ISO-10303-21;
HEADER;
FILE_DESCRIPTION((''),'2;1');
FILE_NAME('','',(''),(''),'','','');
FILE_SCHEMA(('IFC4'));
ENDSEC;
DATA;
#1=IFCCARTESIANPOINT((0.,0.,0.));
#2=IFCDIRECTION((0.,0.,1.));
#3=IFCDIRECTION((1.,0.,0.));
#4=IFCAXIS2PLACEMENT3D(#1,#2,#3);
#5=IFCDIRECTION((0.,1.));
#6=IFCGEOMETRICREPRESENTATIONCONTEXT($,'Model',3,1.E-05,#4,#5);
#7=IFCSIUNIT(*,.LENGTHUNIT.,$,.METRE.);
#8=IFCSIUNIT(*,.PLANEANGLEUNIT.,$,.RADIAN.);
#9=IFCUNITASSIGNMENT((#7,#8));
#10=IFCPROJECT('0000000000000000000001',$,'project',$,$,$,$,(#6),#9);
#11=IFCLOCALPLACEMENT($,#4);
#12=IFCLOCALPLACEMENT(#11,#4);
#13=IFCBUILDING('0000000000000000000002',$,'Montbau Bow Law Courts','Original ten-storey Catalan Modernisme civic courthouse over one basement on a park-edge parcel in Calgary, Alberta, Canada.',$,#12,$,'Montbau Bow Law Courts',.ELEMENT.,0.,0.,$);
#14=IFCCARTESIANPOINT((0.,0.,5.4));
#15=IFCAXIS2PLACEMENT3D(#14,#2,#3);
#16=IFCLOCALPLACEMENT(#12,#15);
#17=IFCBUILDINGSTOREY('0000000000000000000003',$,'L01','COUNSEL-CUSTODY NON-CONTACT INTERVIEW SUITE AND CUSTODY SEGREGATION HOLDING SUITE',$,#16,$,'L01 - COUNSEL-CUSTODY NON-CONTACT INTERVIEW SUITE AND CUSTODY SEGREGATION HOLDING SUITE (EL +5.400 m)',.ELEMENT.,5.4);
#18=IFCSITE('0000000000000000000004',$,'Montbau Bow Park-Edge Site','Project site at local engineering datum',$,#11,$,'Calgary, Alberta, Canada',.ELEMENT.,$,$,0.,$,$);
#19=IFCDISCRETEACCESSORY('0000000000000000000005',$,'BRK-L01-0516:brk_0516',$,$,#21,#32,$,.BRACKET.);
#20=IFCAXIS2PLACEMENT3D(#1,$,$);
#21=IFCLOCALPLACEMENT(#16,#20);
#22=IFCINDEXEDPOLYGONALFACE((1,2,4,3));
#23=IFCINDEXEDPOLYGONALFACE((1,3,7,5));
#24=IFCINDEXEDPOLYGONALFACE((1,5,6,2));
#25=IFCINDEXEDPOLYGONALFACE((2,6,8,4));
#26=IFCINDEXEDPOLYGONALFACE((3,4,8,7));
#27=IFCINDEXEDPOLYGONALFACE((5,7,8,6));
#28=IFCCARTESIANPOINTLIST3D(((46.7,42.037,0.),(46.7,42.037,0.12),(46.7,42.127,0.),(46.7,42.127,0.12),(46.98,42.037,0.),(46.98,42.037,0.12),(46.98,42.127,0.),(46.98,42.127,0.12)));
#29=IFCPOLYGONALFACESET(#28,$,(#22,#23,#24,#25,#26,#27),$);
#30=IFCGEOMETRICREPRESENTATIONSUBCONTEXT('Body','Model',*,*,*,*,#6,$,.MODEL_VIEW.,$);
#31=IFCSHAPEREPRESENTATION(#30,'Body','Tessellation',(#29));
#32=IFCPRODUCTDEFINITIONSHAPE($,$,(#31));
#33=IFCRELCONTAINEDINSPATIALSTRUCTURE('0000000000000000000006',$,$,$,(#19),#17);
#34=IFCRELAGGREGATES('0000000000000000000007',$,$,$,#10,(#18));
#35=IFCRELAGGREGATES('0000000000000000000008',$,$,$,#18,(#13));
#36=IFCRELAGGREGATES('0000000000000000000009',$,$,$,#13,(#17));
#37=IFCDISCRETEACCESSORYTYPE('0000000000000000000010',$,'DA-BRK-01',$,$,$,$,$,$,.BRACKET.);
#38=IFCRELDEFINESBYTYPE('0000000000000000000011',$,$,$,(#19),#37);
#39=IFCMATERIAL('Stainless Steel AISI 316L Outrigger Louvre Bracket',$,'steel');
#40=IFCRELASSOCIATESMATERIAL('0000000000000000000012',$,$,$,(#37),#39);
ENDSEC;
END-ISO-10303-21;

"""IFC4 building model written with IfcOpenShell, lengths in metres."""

from ifc_helpers import new_model, si_unit, direction, frame, origin_with_axes, origin_2d_with_axis, place, context, subcontext, project, spatial, rectangle, extrude, material, type_object, element, save


model = new_model("IFC4")

# Units and contexts
model_context = context("Model", 3, precision=1e-05, world=origin_with_axes(), true_north=direction((0.0, 1.0)))
body_context = subcontext(model_context, "Body", "Model", "MODEL_VIEW")
ifc_project = project(units=[si_unit("LENGTHUNIT", "METRE"), si_unit("PLANEANGLEUNIT", "RADIAN")], contexts=[model_context])

# Site, building, storey
site_placement = place(None, origin_with_axes())
site = spatial("IfcSite", under=ifc_project, at=site_placement, Name="Montbau Bow Park-Edge Site", Description="Project site at local engineering datum", LongName="Calgary, Alberta, Canada", CompositionType="ELEMENT", RefElevation=0.0)
building_placement = place(site_placement, origin_with_axes())
building = spatial("IfcBuilding", under=site, at=building_placement, Name="Montbau Bow Law Courts", Description="Original ten-storey Catalan Modernisme civic courthouse over one basement on a park-edge parcel in Calgary, Alberta, Canada.", LongName="Montbau Bow Law Courts", CompositionType="ELEMENT", ElevationOfRefHeight=0.0, ElevationOfTerrain=0.0)
storey_placement = place(building_placement, frame((0.0, 0.0, 5.4), z_axis=(0.0, 0.0, 1.0), x_axis=(1.0, 0.0, 0.0)))
storey = spatial("IfcBuildingStorey", under=building, at=storey_placement, Name="L01", Description="COUNSEL-CUSTODY NON-CONTACT INTERVIEW SUITE AND CUSTODY SEGREGATION HOLDING SUITE", LongName="L01 - COUNSEL-CUSTODY NON-CONTACT INTERVIEW SUITE AND CUSTODY SEGREGATION HOLDING SUITE (EL +5.400 m)", CompositionType="ELEMENT", Elevation=5.4)

# Discrete accessory
ifc_material_1 = material(Name="Stainless Steel AISI 316L Outrigger Louvre Bracket", Category="steel")
discrete_accessory_type = type_object("IfcDiscreteAccessoryType", Name="DA-BRK-01", PredefinedType="BRACKET", material=ifc_material_1)
for number, where, z_axis, x_axis, name in (
    (1, (46.84, 42.082, 5.4), (0.0, 0.0, 1.0), (-1.0, 0.0, 0.0), "BRK-L01-0516:brk_0516"),
):
    element("IfcDiscreteAccessory", number, at=place(None, frame(where, z_axis=z_axis, x_axis=x_axis)), inside=storey, type_object=discrete_accessory_type, Name=name, PredefinedType="BRACKET", context=body_context, shape_type="SweptSolid", body=[
        extrude(rectangle(XDim=0.28, YDim=0.09, at=origin_2d_with_axis()), origin_with_axes(), (0.0, 0.0, 1.0), 0.12),
    ])

save(model, "model.ifc")
